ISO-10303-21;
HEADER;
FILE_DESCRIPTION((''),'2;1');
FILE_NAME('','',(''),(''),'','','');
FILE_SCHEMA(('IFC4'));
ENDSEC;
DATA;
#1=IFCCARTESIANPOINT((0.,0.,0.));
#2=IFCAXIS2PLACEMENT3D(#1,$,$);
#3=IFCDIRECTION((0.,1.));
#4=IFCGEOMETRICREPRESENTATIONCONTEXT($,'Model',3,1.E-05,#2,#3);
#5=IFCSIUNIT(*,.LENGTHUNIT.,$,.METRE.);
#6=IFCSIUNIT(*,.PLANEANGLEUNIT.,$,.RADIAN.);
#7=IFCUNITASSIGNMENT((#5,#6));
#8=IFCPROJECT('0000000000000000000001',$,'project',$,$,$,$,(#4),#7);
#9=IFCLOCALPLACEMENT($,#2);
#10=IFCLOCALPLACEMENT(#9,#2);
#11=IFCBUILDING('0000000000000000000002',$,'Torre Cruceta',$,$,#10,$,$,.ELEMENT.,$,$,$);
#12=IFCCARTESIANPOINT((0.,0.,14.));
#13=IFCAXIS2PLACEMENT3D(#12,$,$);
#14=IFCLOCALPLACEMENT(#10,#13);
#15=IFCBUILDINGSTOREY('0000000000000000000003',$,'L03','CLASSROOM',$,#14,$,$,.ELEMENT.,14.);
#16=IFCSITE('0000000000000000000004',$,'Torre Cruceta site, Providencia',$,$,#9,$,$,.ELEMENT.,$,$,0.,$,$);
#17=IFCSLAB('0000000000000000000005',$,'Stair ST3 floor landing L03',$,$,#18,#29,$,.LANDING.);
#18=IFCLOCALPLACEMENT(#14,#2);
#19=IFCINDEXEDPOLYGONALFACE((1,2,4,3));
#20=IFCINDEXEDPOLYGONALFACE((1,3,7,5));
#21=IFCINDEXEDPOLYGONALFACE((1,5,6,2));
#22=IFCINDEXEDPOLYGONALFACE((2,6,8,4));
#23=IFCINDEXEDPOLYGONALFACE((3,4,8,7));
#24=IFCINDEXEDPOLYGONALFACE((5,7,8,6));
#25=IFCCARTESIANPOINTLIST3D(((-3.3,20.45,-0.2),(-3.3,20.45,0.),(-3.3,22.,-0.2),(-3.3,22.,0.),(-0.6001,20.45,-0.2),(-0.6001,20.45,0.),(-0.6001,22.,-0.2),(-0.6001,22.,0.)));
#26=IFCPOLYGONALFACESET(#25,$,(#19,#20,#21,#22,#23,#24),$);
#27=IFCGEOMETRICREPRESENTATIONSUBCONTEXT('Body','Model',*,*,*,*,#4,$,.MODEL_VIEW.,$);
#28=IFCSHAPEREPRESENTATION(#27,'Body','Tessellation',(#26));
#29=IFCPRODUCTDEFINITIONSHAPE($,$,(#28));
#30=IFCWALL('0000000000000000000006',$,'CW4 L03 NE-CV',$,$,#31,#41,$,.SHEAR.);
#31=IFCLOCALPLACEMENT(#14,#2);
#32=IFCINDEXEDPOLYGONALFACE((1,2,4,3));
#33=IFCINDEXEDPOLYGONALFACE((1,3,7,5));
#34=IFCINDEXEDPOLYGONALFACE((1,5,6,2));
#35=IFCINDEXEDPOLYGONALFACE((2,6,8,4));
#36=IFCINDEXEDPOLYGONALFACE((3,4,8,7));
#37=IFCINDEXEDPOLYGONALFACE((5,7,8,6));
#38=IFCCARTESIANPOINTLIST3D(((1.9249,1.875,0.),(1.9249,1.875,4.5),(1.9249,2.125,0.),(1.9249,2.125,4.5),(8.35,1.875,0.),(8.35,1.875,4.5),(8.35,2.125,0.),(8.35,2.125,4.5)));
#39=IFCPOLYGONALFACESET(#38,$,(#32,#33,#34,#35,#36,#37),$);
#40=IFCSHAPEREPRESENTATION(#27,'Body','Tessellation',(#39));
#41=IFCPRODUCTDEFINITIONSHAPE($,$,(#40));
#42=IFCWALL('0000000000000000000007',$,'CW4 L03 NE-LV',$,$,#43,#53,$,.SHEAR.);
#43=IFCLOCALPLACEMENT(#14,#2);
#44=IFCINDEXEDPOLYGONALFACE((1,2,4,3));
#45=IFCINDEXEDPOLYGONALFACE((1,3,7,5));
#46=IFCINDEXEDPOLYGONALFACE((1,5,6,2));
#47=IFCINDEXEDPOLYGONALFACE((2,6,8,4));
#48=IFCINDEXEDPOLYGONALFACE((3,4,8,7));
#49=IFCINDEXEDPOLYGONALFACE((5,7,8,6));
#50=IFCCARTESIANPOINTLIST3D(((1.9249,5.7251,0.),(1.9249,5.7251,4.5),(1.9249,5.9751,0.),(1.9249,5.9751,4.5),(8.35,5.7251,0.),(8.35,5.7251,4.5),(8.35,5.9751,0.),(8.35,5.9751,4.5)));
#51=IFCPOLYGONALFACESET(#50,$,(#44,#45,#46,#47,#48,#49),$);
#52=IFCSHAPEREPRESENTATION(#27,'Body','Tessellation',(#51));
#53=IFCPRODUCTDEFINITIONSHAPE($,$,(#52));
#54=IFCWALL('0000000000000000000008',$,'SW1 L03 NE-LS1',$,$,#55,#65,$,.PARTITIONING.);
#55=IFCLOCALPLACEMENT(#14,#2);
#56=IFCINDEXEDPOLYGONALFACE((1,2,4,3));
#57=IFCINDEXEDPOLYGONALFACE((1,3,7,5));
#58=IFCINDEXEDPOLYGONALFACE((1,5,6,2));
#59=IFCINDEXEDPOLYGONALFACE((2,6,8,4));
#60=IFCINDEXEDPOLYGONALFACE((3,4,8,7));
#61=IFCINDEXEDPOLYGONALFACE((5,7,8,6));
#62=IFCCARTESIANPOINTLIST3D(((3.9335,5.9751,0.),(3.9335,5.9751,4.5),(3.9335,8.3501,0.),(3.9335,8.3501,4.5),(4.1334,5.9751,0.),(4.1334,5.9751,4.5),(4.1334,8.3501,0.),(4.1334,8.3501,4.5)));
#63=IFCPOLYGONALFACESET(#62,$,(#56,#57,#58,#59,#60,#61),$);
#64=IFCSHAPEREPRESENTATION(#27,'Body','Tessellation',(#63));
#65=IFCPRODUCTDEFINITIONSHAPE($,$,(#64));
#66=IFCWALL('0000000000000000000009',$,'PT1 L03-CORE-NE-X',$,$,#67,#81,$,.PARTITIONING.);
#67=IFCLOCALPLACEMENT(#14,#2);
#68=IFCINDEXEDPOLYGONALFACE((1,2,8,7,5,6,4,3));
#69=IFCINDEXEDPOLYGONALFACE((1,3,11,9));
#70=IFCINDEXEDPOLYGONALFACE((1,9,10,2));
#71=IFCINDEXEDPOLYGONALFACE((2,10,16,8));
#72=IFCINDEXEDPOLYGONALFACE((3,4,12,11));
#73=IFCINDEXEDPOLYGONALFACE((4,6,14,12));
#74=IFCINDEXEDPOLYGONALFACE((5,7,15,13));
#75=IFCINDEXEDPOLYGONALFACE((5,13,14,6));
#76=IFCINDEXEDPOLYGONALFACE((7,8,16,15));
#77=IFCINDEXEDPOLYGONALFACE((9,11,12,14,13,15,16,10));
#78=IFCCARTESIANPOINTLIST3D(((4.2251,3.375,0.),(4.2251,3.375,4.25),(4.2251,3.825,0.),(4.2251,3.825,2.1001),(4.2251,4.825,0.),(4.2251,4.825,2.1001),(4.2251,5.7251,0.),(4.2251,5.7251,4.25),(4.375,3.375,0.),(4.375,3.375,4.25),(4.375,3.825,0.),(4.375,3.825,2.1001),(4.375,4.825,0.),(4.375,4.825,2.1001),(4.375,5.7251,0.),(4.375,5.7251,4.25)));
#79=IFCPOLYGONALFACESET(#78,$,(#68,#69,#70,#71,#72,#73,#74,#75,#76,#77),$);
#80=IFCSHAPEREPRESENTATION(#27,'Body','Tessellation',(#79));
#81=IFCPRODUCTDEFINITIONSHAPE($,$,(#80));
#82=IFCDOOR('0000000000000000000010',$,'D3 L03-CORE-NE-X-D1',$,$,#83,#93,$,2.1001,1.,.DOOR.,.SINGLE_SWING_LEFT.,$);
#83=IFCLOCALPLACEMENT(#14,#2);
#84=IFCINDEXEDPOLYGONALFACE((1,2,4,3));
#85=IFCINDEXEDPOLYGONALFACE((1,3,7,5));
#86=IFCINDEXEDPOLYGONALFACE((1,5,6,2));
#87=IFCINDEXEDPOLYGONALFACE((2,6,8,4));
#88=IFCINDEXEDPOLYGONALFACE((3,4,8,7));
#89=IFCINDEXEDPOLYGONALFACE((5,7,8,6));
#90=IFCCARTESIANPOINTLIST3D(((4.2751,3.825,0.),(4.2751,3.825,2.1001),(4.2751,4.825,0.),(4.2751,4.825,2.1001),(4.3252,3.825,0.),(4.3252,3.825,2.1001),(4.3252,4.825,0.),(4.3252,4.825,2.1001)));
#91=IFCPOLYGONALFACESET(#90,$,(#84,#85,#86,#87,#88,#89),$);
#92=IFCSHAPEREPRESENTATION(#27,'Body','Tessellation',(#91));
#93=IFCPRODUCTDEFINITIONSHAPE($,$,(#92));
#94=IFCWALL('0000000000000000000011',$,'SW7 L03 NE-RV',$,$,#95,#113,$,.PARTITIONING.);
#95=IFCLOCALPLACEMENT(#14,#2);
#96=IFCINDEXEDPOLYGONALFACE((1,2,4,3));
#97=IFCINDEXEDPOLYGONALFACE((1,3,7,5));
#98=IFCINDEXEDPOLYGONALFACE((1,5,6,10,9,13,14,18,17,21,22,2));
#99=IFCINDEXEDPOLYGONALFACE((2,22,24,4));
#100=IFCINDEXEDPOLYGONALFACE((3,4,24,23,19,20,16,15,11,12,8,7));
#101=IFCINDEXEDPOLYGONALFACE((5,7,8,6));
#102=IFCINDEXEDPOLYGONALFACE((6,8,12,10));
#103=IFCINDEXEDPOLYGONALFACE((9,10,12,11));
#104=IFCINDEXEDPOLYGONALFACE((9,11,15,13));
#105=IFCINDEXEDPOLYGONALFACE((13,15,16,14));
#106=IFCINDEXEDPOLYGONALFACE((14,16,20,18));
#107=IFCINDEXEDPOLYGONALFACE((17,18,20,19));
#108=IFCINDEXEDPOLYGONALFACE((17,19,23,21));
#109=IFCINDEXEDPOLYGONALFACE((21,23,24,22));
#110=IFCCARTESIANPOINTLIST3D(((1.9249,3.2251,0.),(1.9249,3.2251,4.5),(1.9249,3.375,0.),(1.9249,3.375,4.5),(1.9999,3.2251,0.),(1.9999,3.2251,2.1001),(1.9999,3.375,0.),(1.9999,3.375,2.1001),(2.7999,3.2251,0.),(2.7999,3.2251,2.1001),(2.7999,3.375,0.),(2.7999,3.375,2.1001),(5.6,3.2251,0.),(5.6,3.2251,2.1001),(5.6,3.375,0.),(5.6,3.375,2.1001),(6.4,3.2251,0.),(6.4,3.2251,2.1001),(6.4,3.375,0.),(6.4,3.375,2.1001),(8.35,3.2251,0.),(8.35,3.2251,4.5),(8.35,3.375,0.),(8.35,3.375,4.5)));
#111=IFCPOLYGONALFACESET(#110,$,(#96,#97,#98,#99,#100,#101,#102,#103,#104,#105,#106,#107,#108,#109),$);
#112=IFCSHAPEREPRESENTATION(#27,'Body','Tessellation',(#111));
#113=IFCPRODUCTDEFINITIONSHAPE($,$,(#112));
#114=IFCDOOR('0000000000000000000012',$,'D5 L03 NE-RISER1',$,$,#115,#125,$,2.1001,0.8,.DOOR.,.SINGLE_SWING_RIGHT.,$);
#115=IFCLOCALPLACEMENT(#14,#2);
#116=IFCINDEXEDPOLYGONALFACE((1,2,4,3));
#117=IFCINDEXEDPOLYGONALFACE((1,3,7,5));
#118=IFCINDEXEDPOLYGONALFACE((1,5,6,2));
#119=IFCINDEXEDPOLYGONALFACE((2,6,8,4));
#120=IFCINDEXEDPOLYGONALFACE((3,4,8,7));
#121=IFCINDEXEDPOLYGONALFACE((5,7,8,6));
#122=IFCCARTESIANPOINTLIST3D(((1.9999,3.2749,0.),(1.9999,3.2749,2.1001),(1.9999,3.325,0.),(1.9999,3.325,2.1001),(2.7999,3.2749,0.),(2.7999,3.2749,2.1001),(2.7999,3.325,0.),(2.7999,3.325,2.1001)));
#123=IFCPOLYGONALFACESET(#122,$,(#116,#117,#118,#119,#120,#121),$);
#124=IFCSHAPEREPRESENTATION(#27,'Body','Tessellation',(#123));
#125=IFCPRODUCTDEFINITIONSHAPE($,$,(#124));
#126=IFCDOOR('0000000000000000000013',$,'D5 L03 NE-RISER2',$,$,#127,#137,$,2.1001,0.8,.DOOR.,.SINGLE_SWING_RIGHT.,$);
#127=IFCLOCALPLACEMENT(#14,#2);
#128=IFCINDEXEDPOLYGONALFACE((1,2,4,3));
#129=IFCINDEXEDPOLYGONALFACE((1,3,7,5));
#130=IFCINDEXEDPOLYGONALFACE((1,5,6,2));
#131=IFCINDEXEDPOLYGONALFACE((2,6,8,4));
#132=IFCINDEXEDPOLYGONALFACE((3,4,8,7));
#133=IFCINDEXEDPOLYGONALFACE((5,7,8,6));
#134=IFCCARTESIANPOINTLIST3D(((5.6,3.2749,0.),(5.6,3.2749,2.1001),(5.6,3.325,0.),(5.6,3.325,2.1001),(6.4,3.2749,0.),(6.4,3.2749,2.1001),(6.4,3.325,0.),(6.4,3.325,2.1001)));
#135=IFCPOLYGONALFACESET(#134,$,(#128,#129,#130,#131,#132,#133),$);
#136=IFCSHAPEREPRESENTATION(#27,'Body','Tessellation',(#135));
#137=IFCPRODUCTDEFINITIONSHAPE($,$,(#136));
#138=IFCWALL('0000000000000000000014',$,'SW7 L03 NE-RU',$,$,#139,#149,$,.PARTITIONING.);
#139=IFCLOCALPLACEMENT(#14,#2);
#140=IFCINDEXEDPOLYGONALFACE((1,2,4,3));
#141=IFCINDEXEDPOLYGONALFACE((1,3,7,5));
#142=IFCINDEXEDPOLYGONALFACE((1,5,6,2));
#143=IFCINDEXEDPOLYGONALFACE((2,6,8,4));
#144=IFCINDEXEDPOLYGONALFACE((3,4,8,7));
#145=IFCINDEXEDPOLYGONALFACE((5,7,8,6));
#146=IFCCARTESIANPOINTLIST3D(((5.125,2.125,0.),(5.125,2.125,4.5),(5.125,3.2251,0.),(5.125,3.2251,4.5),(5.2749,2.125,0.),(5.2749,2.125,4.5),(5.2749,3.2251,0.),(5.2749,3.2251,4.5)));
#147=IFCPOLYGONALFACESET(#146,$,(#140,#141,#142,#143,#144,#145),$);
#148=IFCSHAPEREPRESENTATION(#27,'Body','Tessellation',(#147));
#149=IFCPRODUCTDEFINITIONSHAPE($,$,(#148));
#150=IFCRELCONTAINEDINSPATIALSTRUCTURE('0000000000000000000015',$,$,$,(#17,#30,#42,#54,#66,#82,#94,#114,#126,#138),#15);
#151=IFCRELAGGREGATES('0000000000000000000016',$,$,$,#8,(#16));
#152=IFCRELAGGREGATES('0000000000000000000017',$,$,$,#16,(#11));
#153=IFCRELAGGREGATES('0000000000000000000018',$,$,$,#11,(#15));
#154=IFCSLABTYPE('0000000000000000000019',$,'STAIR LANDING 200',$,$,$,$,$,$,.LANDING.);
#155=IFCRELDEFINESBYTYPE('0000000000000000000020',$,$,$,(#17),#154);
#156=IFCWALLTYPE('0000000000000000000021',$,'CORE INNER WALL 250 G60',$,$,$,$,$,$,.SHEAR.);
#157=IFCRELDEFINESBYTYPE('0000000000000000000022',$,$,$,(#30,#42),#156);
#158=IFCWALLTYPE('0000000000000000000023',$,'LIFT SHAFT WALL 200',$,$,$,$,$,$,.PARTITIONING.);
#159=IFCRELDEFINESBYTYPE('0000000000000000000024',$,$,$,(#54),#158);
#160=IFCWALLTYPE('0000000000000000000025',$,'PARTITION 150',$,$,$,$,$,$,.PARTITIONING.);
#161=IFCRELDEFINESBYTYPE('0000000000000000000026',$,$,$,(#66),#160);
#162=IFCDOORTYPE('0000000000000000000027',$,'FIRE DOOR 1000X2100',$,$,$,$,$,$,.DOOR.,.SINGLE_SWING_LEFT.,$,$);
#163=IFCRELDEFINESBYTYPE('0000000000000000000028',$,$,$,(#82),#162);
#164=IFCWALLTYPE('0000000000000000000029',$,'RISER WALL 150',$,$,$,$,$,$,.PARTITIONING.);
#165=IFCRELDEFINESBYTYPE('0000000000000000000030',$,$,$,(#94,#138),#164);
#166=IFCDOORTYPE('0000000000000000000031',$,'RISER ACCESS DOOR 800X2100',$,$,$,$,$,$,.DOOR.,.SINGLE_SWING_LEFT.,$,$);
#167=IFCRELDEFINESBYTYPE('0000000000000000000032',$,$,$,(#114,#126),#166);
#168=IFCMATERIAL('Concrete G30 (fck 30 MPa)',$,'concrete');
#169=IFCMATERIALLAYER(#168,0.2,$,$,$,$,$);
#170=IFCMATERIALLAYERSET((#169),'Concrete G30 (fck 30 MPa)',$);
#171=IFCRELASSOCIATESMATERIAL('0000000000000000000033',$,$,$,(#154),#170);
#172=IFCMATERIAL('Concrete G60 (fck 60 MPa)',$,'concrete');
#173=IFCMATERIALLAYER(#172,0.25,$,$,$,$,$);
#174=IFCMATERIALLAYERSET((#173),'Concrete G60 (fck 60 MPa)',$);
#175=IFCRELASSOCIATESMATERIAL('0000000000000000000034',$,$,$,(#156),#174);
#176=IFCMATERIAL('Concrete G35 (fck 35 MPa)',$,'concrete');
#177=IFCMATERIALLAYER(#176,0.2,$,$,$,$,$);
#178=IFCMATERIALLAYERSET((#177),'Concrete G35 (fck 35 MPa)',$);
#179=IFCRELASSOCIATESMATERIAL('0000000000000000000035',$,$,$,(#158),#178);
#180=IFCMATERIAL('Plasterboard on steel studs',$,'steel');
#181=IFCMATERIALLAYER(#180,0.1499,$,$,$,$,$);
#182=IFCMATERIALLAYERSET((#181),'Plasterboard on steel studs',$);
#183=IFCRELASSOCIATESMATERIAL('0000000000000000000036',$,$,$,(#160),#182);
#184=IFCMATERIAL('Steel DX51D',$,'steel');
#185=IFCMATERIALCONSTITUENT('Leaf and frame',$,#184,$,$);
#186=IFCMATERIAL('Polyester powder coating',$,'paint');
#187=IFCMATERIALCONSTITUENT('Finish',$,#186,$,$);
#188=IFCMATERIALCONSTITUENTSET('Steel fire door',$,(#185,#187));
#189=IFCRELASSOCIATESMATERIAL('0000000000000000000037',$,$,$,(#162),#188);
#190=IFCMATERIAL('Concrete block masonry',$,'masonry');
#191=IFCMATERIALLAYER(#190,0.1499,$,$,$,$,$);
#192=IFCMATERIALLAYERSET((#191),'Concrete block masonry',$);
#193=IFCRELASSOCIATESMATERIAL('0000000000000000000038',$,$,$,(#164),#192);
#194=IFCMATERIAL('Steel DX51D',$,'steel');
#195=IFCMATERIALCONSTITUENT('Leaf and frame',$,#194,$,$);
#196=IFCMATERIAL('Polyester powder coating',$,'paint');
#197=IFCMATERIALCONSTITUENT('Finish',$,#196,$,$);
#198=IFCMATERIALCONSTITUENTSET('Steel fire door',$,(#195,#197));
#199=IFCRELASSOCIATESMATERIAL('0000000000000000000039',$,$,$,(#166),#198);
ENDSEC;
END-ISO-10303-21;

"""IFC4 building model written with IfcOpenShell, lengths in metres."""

from ifc_helpers import new_model, si_unit, direction, frame, frame_2d, origin, place, context, subcontext, project, spatial, polyline, rectangle, outline, extrude, material, layer, layer_set, constituent, constituent_set, type_object, element, fill, save


model = new_model("IFC4")

# Units and contexts
model_context = context("Model", 3, precision=1e-05, world=origin(), true_north=direction((0.0, 1.0)))
body_context = subcontext(model_context, "Body", "Model", "MODEL_VIEW")
ifc_project = project(units=[si_unit("LENGTHUNIT", "METRE"), si_unit("PLANEANGLEUNIT", "RADIAN")], contexts=[model_context])

# Site, building, storey
site_placement = place(None, origin())
site = spatial("IfcSite", under=ifc_project, at=site_placement, Name="Torre Cruceta site, Providencia", CompositionType="ELEMENT", RefElevation=0.0)
building_placement = place(site_placement, origin())
building = spatial("IfcBuilding", under=site, at=building_placement, Name="Torre Cruceta", CompositionType="ELEMENT")
storey_placement = place(building_placement, frame((0.0, 0.0, 14.0)))
storey = spatial("IfcBuildingStorey", under=building, at=storey_placement, Name="L03", Description="CLASSROOM", CompositionType="ELEMENT", Elevation=14.0)

# Slab
ifc_material_1 = material(Name="Concrete G30 (fck 30 MPa)", Category="concrete")
ifc_layer_1 = layer(ifc_material_1, 0.2)
ifc_layer_set_1 = layer_set([ifc_layer_1], Name="Concrete G30 (fck 30 MPa)")
slab_type = type_object("IfcSlabType", Name="STAIR LANDING 200", PredefinedType="LANDING", material=ifc_layer_set_1)
slab_placement = place(storey_placement, frame((0.0, 0.0, -0.2)))
element("IfcSlab", 1, at=slab_placement, inside=storey, type_object=slab_type, Name="Stair ST3 floor landing L03", PredefinedType="LANDING", context=body_context, shape_type="SweptSolid", body=[
    extrude(outline(polyline([(-0.6001, 20.45), (-0.6001, 22.0), (-3.3, 22.0), (-3.3, 20.45), (-0.6001, 20.45)])), origin(), (0.0, 0.0, 1.0), 0.2),
])

# Shared definitions
ifc_material_2 = material(Name="Concrete G60 (fck 60 MPa)", Category="concrete")
ifc_layer_2 = layer(ifc_material_2, 0.25)
ifc_layer_set_2 = layer_set([ifc_layer_2], Name="Concrete G60 (fck 60 MPa)")
wall_type_1 = type_object("IfcWallType", Name="CORE INNER WALL 250 G60", PredefinedType="SHEAR", material=ifc_layer_set_2)

# Walls
for number, where, z_axis, x_axis, name in (
    (2, (1.925, 2.0, 0.0), (0.0, 0.0, 1.0), (1.0, 0.0, 0.0), "CW4 L03 NE-CV"),
    (3, (1.925, 5.8501, 0.0), (0.0, 0.0, 1.0), (1.0, 0.0, 0.0), "CW4 L03 NE-LV"),
):
    element("IfcWall", number, at=place(storey_placement, frame(where, z_axis=z_axis, x_axis=x_axis)), inside=storey, type_object=wall_type_1, Name=name, PredefinedType="SHEAR", context=body_context, shape_type="SweptSolid", body=[
        extrude(rectangle(XDim=6.425, YDim=0.25, at=frame_2d((3.2124, 0.0))), origin(), (0.0, 0.0, 1.0), 4.5),
    ])
ifc_material_3 = material(Name="Concrete G35 (fck 35 MPa)", Category="concrete")
ifc_layer_3 = layer(ifc_material_3, 0.2)
ifc_layer_set_3 = layer_set([ifc_layer_3], Name="Concrete G35 (fck 35 MPa)")
wall_type_2 = type_object("IfcWallType", Name="LIFT SHAFT WALL 200", PredefinedType="PARTITIONING", material=ifc_layer_set_3)
wall_1_placement = place(storey_placement, frame((4.0334, 5.9751, 0.0), z_axis=(0.0, 0.0, 1.0), x_axis=(0.0, 1.0, 0.0)))
element("IfcWall", 4, at=wall_1_placement, inside=storey, type_object=wall_type_2, Name="SW1 L03 NE-LS1", PredefinedType="PARTITIONING", context=body_context, shape_type="SweptSolid", body=[
    extrude(rectangle(XDim=2.375, YDim=0.2, at=frame_2d((1.1875, 0.0))), origin(), (0.0, 0.0, 1.0), 4.5),
])

# Wall, opening, door
ifc_material_4 = material(Name="Plasterboard on steel studs", Category="steel")
ifc_layer_4 = layer(ifc_material_4, 0.1499)
ifc_layer_set_4 = layer_set([ifc_layer_4], Name="Plasterboard on steel studs")
wall_type_3 = type_object("IfcWallType", Name="PARTITION 150", PredefinedType="PARTITIONING", material=ifc_layer_set_4)
wall_2_placement = place(storey_placement, frame((4.3, 3.375, 0.0), z_axis=(0.0, 0.0, 1.0), x_axis=(0.0, 1.0, 0.0)))
wall_2 = element("IfcWall", 5, at=wall_2_placement, inside=storey, type_object=wall_type_3, Name="PT1 L03-CORE-NE-X", PredefinedType="PARTITIONING", context=body_context, shape_type="SweptSolid", body=[
    extrude(rectangle(XDim=2.3501, YDim=0.1499, at=frame_2d((1.175, 0.0))), origin(), (0.0, 0.0, 1.0), 4.25),
])
opening_1_placement = place(wall_2_placement, frame((0.45, 0.0, 0.0)))
opening_1 = element("IfcOpeningElement", 6, at=opening_1_placement, cuts=wall_2, PredefinedType="OPENING", context=body_context, shape_type="SweptSolid", body=[
    extrude(rectangle(XDim=1.0, YDim=2.1001, at=frame_2d((0.5, 1.05))), frame((0.0, 0.085, 0.0), z_axis=(0.0, -1.0, 0.0), x_axis=(1.0, 0.0, 0.0)), (0.0, 0.0, 1.0), 0.1699),
])
ifc_material_5 = material(Name="Steel DX51D", Category="steel")
ifc_constituent_1 = constituent(ifc_material_5, Name="Leaf and frame")
ifc_material_6 = material(Name="Polyester powder coating", Category="paint")
ifc_constituent_2 = constituent(ifc_material_6, Name="Finish")
ifc_constituent_set_1 = constituent_set(constituents=[ifc_constituent_1, ifc_constituent_2], Name="Steel fire door")
door_type_1 = type_object("IfcDoorType", Name="FIRE DOOR 1000X2100", OperationType="SINGLE_SWING_LEFT", PredefinedType="DOOR", material=ifc_constituent_set_1)
door_1_placement = place(opening_1_placement, origin())
door_1 = element("IfcDoor", 7, at=door_1_placement, inside=storey, type_object=door_type_1, Name="D3 L03-CORE-NE-X-D1", OperationType="SINGLE_SWING_LEFT", OverallHeight=2.1001, OverallWidth=1.0, PredefinedType="DOOR", context=body_context, shape_type="SweptSolid", body=[
    extrude(rectangle(XDim=1.0, YDim=2.1001, at=frame_2d((0.5, 1.05))), frame((0.0, 0.0249, 0.0), z_axis=(0.0, -1.0, 0.0), x_axis=(1.0, 0.0, 0.0)), (0.0, 0.0, 1.0), 0.05),
])
fill(opening_1, door_1)

# Wall, openings, doors
ifc_material_7 = material(Name="Concrete block masonry", Category="masonry")
ifc_layer_5 = layer(ifc_material_7, 0.1499)
ifc_layer_set_5 = layer_set([ifc_layer_5], Name="Concrete block masonry")
wall_type_4 = type_object("IfcWallType", Name="RISER WALL 150", PredefinedType="PARTITIONING", material=ifc_layer_set_5)
wall_3_placement = place(storey_placement, frame((1.925, 3.3, 0.0), z_axis=(0.0, 0.0, 1.0), x_axis=(1.0, 0.0, 0.0)))
wall_3 = element("IfcWall", 8, at=wall_3_placement, inside=storey, type_object=wall_type_4, Name="SW7 L03 NE-RV", PredefinedType="PARTITIONING", context=body_context, shape_type="SweptSolid", body=[
    extrude(rectangle(XDim=6.425, YDim=0.1499, at=frame_2d((3.2124, 0.0))), origin(), (0.0, 0.0, 1.0), 4.5),
])
opening_2_placement = place(wall_3_placement, frame((0.075, 0.0, 0.0)))
opening_2 = element("IfcOpeningElement", 9, at=opening_2_placement, cuts=wall_3, PredefinedType="OPENING", context=body_context, shape_type="SweptSolid", body=[
    extrude(rectangle(XDim=0.8, YDim=2.1001, at=frame_2d((0.3999, 1.05))), frame((0.0, 0.085, 0.0), z_axis=(0.0, -1.0, 0.0), x_axis=(1.0, 0.0, 0.0)), (0.0, 0.0, 1.0), 0.1699),
])
opening_3_placement = place(wall_3_placement, frame((3.675, 0.0, 0.0)))
opening_3 = element("IfcOpeningElement", 10, at=opening_3_placement, cuts=wall_3, PredefinedType="OPENING", context=body_context, shape_type="SweptSolid", body=[
    extrude(rectangle(XDim=0.8, YDim=2.1001, at=frame_2d((0.3999, 1.05))), frame((0.0, 0.085, 0.0), z_axis=(0.0, -1.0, 0.0), x_axis=(1.0, 0.0, 0.0)), (0.0, 0.0, 1.0), 0.1699),
])
ifc_material_8 = material(Name="Steel DX51D", Category="steel")
ifc_constituent_3 = constituent(ifc_material_8, Name="Leaf and frame")
ifc_material_9 = material(Name="Polyester powder coating", Category="paint")
ifc_constituent_4 = constituent(ifc_material_9, Name="Finish")
ifc_constituent_set_2 = constituent_set(constituents=[ifc_constituent_3, ifc_constituent_4], Name="Steel fire door")
door_type_2 = type_object("IfcDoorType", Name="RISER ACCESS DOOR 800X2100", OperationType="SINGLE_SWING_LEFT", PredefinedType="DOOR", material=ifc_constituent_set_2)
door_2_placement = place(opening_2_placement, frame((0.8, 0.0, 0.0), z_axis=(0.0, 0.0, 1.0), x_axis=(-1.0, 0.0, 0.0)))
door_2 = element("IfcDoor", 11, at=door_2_placement, inside=storey, type_object=door_type_2, Name="D5 L03 NE-RISER1", OperationType="SINGLE_SWING_RIGHT", OverallHeight=2.1001, OverallWidth=0.8, PredefinedType="DOOR", context=body_context, shape_type="SweptSolid", body=[
    extrude(rectangle(XDim=0.8, YDim=2.1001, at=frame_2d((0.4001, 1.05))), frame((0.0, 0.0251, 0.0), z_axis=(0.0, -1.0, 0.0), x_axis=(1.0, 0.0, 0.0)), (0.0, 0.0, 1.0), 0.05),
])
fill(opening_2, door_2)
door_3_placement = place(opening_3_placement, frame((0.8, 0.0, 0.0), z_axis=(0.0, 0.0, 1.0), x_axis=(-1.0, 0.0, 0.0)))
door_3 = element("IfcDoor", 12, at=door_3_placement, inside=storey, type_object=door_type_2, Name="D5 L03 NE-RISER2", OperationType="SINGLE_SWING_RIGHT", OverallHeight=2.1001, OverallWidth=0.8, PredefinedType="DOOR", context=body_context, shape_type="SweptSolid", body=[
    extrude(rectangle(XDim=0.8, YDim=2.1001, at=frame_2d((0.4001, 1.05))), frame((0.0, 0.0251, 0.0), z_axis=(0.0, -1.0, 0.0), x_axis=(1.0, 0.0, 0.0)), (0.0, 0.0, 1.0), 0.05),
])
fill(opening_3, door_3)

# Wall
wall_4_placement = place(storey_placement, frame((5.2, 2.125, 0.0), z_axis=(0.0, 0.0, 1.0), x_axis=(0.0, 1.0, 0.0)))
element("IfcWall", 13, at=wall_4_placement, inside=storey, type_object=wall_type_4, Name="SW7 L03 NE-RU", PredefinedType="PARTITIONING", context=body_context, shape_type="SweptSolid", body=[
    extrude(rectangle(XDim=1.1001, YDim=0.1499, at=frame_2d((0.55, 0.0))), origin(), (0.0, 0.0, 1.0), 4.5),
])

save(model, "model.ifc")
